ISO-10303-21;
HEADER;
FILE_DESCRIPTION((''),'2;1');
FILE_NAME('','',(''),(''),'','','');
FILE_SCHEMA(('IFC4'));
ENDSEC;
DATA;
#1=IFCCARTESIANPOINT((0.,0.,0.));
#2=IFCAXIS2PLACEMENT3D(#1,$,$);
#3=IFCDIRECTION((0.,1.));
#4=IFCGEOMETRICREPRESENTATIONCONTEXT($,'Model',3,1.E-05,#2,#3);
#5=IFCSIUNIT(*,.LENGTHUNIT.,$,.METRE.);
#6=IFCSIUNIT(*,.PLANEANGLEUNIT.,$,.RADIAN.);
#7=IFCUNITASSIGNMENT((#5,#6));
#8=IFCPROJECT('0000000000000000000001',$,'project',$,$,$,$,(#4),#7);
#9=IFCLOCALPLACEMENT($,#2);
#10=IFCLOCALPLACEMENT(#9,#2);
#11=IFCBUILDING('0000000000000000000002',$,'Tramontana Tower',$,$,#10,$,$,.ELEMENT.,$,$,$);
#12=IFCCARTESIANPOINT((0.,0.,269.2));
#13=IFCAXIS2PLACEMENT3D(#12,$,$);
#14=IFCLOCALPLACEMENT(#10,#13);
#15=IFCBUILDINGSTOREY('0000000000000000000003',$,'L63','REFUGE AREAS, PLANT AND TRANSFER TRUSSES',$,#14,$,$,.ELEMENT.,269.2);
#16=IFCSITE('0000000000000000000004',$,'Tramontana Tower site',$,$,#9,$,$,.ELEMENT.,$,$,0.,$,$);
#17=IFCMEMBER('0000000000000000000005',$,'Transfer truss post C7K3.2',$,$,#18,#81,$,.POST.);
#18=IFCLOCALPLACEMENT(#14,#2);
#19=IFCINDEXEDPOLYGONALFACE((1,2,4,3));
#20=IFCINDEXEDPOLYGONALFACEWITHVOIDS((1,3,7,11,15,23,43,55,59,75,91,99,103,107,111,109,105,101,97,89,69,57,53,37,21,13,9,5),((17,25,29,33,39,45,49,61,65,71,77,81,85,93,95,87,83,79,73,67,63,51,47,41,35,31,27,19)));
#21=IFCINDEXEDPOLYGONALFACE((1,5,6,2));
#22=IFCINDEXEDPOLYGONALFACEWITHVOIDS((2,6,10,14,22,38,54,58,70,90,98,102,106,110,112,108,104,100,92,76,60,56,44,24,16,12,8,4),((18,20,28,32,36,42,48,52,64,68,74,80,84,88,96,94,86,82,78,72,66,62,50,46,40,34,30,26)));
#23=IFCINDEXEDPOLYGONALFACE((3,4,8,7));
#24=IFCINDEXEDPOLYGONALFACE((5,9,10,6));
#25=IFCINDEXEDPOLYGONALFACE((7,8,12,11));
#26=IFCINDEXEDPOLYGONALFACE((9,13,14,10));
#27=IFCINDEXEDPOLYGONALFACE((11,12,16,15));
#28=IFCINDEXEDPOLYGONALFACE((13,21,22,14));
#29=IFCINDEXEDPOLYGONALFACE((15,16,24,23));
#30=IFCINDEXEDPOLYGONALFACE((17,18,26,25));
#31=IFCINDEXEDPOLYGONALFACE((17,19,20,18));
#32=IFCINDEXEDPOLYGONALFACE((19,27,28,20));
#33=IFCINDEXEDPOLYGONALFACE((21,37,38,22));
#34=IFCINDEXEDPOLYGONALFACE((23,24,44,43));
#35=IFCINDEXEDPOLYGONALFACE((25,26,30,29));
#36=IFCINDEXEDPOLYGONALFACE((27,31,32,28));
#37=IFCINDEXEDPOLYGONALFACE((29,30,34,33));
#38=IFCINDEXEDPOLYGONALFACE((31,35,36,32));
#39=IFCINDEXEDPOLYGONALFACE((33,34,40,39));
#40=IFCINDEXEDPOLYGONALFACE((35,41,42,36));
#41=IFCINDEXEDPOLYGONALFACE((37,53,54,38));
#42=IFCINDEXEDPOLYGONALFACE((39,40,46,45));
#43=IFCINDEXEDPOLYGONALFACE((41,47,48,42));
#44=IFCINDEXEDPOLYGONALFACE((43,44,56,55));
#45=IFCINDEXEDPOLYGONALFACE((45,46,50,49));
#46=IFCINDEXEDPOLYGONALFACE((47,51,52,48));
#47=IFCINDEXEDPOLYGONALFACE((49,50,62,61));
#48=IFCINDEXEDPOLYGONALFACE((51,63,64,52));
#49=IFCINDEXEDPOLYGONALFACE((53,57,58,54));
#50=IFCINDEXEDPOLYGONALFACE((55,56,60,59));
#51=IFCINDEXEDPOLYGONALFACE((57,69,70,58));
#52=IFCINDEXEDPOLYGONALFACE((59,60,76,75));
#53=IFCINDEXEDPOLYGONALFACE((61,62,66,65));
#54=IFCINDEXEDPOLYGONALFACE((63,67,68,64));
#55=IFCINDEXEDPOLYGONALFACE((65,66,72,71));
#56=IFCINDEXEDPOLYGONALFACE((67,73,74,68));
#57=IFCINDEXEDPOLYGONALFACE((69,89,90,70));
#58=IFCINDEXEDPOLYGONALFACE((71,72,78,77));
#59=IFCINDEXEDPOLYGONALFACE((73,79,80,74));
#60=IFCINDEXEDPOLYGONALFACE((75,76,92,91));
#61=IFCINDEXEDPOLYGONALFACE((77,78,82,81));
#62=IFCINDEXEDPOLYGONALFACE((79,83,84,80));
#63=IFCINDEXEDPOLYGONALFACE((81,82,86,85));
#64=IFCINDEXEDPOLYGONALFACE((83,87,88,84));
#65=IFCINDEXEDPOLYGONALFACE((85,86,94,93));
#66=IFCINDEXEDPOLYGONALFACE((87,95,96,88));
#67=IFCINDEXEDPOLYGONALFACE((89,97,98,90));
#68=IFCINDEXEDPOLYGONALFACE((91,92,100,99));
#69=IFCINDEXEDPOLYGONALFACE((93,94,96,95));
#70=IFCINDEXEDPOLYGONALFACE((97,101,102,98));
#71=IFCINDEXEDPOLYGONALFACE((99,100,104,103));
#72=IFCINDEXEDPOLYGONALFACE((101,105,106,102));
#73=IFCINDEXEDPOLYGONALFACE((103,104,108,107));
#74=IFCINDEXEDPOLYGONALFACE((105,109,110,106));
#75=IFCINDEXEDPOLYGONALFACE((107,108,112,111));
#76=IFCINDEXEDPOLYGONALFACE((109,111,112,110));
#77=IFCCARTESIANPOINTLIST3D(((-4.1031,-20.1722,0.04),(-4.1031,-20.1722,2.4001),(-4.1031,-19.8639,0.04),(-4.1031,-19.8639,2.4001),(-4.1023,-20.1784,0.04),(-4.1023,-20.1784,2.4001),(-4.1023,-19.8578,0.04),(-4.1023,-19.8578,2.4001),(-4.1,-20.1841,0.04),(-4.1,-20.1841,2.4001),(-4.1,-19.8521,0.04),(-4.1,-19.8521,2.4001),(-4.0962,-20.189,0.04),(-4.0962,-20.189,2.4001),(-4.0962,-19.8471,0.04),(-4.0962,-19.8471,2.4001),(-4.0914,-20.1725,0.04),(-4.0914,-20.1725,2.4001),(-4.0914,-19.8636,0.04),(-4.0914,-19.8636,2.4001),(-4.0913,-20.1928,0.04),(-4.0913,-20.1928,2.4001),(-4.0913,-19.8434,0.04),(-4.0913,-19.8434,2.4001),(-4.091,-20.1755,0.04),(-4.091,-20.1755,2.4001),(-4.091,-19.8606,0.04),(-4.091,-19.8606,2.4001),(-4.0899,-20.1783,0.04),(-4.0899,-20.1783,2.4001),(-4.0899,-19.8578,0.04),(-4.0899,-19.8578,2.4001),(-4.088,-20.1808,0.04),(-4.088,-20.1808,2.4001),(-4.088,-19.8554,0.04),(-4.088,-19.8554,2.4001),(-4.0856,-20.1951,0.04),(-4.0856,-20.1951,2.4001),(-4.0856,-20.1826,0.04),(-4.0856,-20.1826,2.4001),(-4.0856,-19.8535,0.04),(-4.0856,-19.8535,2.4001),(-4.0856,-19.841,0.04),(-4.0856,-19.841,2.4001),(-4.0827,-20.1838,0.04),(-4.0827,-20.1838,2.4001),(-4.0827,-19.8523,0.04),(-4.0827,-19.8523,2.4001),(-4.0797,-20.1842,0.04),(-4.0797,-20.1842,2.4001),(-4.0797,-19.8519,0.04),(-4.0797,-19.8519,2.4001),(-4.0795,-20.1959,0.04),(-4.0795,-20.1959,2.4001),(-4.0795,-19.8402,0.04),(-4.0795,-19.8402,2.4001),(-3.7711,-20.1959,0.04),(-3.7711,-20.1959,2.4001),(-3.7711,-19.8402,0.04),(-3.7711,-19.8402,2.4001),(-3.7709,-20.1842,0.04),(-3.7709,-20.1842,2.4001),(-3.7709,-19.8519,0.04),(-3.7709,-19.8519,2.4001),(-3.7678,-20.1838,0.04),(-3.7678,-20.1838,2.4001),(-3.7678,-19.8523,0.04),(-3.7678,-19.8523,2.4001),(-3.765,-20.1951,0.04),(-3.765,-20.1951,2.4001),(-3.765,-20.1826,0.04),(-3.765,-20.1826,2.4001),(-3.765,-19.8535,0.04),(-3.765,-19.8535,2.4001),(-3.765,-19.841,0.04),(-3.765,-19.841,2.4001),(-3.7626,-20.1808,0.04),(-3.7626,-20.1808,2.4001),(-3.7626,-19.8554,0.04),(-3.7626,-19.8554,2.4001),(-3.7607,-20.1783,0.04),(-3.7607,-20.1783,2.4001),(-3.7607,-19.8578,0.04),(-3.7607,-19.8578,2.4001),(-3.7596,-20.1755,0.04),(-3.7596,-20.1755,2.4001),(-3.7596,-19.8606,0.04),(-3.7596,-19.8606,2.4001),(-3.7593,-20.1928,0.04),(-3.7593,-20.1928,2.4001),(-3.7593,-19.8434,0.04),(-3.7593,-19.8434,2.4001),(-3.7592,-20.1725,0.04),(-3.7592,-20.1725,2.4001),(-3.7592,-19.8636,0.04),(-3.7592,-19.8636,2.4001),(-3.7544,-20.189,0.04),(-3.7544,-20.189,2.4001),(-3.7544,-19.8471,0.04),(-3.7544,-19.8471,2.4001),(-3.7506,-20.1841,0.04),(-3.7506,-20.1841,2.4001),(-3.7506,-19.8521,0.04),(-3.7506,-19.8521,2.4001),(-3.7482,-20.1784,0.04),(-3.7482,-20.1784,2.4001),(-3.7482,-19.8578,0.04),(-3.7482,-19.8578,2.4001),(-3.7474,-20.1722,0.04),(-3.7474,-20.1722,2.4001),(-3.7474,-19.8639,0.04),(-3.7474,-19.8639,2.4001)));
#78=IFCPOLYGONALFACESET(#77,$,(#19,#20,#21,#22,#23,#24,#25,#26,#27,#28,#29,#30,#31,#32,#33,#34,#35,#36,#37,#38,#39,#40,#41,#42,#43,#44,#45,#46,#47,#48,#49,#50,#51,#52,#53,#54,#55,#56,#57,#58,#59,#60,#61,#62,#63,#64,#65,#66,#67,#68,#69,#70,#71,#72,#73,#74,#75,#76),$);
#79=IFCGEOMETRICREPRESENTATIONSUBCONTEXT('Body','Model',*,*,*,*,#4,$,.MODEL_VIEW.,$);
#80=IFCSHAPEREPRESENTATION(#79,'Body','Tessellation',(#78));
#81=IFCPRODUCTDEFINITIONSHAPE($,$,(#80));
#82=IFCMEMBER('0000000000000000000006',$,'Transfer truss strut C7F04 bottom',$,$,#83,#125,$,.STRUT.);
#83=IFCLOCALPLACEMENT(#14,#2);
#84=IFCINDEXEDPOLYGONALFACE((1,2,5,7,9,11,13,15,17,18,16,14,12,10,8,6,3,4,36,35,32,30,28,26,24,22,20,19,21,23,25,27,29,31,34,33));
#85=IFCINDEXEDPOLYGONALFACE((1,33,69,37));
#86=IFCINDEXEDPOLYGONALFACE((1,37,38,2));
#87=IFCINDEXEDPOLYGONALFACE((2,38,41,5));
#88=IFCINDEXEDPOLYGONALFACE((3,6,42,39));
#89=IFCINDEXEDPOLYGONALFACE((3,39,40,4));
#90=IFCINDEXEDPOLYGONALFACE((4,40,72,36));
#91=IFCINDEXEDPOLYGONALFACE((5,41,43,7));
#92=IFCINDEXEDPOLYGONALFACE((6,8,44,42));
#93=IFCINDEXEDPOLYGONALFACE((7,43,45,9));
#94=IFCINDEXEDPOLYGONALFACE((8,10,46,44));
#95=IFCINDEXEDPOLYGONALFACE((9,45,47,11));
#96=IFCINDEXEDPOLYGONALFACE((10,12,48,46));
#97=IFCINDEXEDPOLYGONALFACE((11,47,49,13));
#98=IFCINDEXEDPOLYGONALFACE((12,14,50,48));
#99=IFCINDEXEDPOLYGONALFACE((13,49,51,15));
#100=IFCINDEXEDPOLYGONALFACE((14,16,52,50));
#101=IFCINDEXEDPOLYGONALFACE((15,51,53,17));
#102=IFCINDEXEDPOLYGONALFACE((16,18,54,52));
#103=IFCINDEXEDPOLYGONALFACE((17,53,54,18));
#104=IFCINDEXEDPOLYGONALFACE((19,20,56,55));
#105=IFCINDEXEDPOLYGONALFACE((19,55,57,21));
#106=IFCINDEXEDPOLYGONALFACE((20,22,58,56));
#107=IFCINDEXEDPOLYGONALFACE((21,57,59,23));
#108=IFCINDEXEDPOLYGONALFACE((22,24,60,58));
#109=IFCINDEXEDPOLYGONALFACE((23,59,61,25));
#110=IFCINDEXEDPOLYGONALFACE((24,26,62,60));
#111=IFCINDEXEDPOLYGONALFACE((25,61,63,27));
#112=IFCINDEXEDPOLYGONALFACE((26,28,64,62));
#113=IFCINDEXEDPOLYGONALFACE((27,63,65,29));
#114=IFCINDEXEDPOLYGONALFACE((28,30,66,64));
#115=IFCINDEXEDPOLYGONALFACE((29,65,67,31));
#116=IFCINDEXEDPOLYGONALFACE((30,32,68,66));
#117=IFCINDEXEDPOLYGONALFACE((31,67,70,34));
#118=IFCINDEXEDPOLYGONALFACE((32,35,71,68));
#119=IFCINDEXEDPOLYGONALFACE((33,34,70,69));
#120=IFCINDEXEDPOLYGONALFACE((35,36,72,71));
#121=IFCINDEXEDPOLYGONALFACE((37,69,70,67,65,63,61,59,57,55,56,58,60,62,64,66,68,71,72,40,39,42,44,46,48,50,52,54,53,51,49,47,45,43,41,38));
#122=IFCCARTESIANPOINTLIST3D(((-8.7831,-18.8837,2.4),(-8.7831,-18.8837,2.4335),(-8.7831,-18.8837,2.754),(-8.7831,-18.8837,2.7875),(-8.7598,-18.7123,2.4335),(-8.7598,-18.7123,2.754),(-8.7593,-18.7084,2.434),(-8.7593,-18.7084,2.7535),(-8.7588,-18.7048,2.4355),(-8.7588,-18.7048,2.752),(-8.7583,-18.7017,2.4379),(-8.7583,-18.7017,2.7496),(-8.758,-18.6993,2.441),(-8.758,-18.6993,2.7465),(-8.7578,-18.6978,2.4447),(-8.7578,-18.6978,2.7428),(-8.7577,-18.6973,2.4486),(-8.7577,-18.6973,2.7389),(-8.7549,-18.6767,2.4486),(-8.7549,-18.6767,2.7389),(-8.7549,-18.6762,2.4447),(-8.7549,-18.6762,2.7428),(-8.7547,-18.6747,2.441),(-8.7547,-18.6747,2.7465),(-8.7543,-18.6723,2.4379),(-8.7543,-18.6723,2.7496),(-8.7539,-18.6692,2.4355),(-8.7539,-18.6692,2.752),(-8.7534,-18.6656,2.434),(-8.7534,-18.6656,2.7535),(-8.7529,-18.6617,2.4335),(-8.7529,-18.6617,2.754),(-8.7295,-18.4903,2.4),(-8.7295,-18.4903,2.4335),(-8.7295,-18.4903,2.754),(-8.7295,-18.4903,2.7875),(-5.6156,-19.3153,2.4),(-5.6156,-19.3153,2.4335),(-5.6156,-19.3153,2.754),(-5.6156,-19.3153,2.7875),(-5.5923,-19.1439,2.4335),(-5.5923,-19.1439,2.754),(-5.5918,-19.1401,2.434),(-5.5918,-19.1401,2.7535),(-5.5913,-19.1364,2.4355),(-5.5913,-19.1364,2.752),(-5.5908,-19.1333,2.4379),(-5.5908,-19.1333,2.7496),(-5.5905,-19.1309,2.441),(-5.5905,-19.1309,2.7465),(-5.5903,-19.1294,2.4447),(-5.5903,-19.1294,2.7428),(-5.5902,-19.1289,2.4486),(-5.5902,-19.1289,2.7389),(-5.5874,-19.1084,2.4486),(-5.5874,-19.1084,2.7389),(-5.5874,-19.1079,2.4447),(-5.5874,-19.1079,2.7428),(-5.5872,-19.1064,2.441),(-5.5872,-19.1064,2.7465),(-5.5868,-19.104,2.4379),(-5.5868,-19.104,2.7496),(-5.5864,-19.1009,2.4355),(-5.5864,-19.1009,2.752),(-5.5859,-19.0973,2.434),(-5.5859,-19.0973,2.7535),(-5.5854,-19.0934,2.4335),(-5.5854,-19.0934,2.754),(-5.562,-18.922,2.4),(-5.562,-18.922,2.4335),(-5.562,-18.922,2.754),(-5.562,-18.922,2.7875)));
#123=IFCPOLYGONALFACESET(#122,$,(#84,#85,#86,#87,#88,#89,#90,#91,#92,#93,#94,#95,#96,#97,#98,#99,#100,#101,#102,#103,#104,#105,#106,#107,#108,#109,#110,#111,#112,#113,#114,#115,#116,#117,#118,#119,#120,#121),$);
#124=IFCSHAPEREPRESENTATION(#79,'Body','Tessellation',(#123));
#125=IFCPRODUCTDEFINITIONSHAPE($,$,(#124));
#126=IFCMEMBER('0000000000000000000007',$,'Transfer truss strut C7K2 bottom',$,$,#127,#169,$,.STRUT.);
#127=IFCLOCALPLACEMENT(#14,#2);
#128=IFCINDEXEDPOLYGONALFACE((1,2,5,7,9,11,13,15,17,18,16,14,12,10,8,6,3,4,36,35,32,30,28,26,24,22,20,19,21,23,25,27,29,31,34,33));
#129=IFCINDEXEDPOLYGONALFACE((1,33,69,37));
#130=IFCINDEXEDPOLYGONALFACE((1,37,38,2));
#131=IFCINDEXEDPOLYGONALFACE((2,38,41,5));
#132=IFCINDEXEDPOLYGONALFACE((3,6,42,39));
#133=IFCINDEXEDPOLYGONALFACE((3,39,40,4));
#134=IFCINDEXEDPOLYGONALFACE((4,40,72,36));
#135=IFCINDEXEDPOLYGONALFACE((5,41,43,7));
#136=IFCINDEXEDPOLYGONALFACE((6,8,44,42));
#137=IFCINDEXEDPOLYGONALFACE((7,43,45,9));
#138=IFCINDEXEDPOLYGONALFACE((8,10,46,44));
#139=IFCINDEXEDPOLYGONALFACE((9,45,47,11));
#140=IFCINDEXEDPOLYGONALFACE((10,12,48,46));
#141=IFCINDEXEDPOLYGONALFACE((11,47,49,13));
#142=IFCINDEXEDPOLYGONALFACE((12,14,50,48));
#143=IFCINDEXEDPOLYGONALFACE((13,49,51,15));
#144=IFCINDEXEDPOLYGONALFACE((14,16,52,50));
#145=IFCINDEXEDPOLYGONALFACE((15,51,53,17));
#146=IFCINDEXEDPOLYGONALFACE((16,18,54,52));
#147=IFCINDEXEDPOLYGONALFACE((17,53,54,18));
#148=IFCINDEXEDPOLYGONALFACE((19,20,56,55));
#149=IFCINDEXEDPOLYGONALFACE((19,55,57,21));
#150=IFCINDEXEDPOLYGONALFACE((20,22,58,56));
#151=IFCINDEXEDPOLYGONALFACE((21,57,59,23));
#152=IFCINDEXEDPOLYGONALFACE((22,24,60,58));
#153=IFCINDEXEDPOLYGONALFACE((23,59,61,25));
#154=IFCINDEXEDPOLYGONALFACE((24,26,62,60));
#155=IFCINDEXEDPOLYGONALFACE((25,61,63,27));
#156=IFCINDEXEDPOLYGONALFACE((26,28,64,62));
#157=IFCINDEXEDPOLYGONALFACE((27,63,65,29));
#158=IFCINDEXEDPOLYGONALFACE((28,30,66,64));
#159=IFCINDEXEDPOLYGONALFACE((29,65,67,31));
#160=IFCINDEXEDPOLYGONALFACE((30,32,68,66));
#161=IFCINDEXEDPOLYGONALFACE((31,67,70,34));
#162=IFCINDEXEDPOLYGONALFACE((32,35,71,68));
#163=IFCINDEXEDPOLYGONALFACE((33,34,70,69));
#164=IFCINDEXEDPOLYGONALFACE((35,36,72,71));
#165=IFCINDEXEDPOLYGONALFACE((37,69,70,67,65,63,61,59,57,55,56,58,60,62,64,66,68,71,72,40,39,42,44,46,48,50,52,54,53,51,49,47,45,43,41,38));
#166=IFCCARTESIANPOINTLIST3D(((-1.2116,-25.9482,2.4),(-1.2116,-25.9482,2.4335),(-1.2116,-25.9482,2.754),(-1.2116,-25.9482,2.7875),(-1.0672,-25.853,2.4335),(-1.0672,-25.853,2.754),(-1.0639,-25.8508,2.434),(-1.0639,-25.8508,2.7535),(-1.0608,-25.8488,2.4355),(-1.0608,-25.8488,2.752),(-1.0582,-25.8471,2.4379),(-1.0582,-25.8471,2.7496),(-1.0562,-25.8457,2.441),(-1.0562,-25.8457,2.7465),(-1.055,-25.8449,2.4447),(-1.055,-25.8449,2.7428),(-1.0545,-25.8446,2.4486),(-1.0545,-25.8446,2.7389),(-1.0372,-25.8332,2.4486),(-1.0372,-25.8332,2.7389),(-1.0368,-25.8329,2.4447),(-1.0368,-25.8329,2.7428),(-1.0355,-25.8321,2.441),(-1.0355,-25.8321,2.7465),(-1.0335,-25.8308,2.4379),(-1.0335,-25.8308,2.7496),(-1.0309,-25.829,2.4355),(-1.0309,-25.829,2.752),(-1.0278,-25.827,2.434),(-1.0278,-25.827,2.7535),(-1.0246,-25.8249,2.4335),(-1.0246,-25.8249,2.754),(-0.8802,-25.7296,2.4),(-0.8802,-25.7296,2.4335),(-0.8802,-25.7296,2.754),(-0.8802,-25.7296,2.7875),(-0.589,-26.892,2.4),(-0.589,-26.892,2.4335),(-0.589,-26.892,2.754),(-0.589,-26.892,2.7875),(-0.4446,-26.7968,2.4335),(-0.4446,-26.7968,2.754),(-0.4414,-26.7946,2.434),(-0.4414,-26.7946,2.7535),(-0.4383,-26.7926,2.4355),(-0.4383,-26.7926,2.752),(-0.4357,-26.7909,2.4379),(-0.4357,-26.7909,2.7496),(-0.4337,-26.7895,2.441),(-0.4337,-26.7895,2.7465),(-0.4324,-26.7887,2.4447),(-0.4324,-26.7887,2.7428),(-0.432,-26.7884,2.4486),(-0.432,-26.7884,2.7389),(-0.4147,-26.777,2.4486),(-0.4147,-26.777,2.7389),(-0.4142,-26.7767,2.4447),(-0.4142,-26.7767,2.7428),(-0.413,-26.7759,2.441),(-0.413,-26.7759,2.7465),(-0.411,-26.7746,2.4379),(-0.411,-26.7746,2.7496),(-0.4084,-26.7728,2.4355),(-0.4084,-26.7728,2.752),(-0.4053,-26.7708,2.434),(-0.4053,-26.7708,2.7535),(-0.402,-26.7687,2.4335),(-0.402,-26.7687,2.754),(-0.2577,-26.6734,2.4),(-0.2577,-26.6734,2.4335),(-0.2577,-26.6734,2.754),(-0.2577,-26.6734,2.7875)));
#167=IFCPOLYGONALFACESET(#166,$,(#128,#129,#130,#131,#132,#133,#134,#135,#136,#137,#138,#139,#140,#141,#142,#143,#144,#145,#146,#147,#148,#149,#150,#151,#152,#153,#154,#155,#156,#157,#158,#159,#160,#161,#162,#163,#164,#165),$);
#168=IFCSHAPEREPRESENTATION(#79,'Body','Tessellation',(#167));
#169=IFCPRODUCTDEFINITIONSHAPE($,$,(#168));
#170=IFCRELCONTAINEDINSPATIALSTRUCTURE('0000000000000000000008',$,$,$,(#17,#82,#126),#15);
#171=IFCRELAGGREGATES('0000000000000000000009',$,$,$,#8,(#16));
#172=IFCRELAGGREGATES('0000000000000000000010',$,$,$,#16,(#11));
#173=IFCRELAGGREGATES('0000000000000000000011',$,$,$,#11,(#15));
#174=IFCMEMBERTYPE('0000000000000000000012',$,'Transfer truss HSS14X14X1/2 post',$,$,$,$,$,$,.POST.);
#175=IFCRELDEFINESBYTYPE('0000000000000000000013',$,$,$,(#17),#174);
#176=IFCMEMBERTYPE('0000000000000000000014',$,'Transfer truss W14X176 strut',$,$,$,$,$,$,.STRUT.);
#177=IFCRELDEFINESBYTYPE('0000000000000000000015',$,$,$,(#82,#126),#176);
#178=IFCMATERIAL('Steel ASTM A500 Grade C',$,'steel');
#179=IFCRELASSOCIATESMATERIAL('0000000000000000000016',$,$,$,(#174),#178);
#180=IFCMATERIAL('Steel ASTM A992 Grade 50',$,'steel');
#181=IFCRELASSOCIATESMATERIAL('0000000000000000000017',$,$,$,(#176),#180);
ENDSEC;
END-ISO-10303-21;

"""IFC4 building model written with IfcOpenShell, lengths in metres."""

from ifc_helpers import new_model, si_unit, direction, frame, origin, origin_2d, place, context, subcontext, project, spatial, hollow_rectangle, i_section, extrude, material, material_profile, profile_set, type_object, element, save


model = new_model("IFC4")

# Units and contexts
model_context = context("Model", 3, precision=1e-05, world=origin(), true_north=direction((0.0, 1.0)))
body_context = subcontext(model_context, "Body", "Model", "MODEL_VIEW")
ifc_project = project(units=[si_unit("LENGTHUNIT", "METRE"), si_unit("PLANEANGLEUNIT", "RADIAN")], contexts=[model_context])

# Site, building, storey
site_placement = place(None, origin())
site = spatial("IfcSite", under=ifc_project, at=site_placement, Name="Tramontana Tower site", CompositionType="ELEMENT", RefElevation=0.0)
building_placement = place(site_placement, origin())
building = spatial("IfcBuilding", under=site, at=building_placement, Name="Tramontana Tower", CompositionType="ELEMENT")
storey_placement = place(building_placement, frame((0.0, 0.0, 269.2)))
storey = spatial("IfcBuildingStorey", under=building, at=storey_placement, Name="L63", Description="REFUGE AREAS, PLANT AND TRANSFER TRUSSES", CompositionType="ELEMENT", Elevation=269.2)

# Members
ifc_material_1 = material(Name="Steel ASTM A500 Grade C", Category="steel")
ifc_material_profile_1 = material_profile(ifc_material_1, hollow_rectangle(XDim=0.3557, YDim=0.3557, WallThickness=0.0117, InnerFilletRadius=0.0117, OuterFilletRadius=0.0237, at=origin_2d()), Name="HSS14X14X1/2")
ifc_profile_set_1 = profile_set([ifc_material_profile_1], Name="Steel ASTM A500 Grade C")
member_type_1 = type_object("IfcMemberType", Name="Transfer truss HSS14X14X1/2 post", PredefinedType="POST", material=ifc_profile_set_1)
member_1_placement = place(storey_placement, frame((-3.9253, -20.0181, 0.04), z_axis=(0.0, 0.0, 1.0), x_axis=(1.0, 0.0, 0.0)))
element("IfcMember", 1, at=member_1_placement, inside=storey, type_object=member_type_1, Name="Transfer truss post C7K3.2", PredefinedType="POST", context=body_context, shape_type="SweptSolid", body=[
    extrude(hollow_rectangle(XDim=0.3557, YDim=0.3557, WallThickness=0.0117, InnerFilletRadius=0.0117, OuterFilletRadius=0.0237, at=origin_2d()), origin(), (0.0, 0.0, 1.0), 2.3601),
])
ifc_material_2 = material(Name="Steel ASTM A992 Grade 50", Category="steel")
ifc_material_profile_2 = material_profile(ifc_material_2, i_section(OverallWidth=0.397, OverallDepth=0.3875, WebThickness=0.0208, FlangeThickness=0.0334, FilletRadius=0.0151, at=origin_2d()), Name="W14X176")
ifc_profile_set_2 = profile_set([ifc_material_profile_2], Name="Steel ASTM A992 Grade 50")
member_type_2 = type_object("IfcMemberType", Name="Transfer truss W14X176 strut", PredefinedType="STRUT", material=ifc_profile_set_2)
member_2_placement = place(storey_placement, frame((-8.7563, -18.687, 2.5938), z_axis=(0.990842, -0.135025, 0.0), x_axis=(0.135025, 0.990842, 0.0)))
element("IfcMember", 2, at=member_2_placement, inside=storey, type_object=member_type_2, Name="Transfer truss strut C7F04 bottom", PredefinedType="STRUT", context=body_context, shape_type="SweptSolid", body=[
    extrude(i_section(OverallWidth=0.397, OverallDepth=0.3875, WebThickness=0.0208, FlangeThickness=0.0334, FilletRadius=0.0151, at=origin_2d()), origin(), (0.0, 0.0, 1.0), 3.1968),
])
member_3_placement = place(storey_placement, frame((-0.4233, -26.7827, 2.5938), z_axis=(-0.550608, 0.834764, 0.0), x_axis=(-0.834764, -0.550608, 0.0)))
element("IfcMember", 3, at=member_3_placement, inside=storey, type_object=member_type_2, Name="Transfer truss strut C7K2 bottom", PredefinedType="STRUT", context=body_context, shape_type="SweptSolid", body=[
    extrude(i_section(OverallWidth=0.397, OverallDepth=0.3875, WebThickness=0.0208, FlangeThickness=0.0334, FilletRadius=0.0151, at=origin_2d()), origin(), (0.0, 0.0, 1.0), 1.1306),
])

save(model, "model.ifc")
